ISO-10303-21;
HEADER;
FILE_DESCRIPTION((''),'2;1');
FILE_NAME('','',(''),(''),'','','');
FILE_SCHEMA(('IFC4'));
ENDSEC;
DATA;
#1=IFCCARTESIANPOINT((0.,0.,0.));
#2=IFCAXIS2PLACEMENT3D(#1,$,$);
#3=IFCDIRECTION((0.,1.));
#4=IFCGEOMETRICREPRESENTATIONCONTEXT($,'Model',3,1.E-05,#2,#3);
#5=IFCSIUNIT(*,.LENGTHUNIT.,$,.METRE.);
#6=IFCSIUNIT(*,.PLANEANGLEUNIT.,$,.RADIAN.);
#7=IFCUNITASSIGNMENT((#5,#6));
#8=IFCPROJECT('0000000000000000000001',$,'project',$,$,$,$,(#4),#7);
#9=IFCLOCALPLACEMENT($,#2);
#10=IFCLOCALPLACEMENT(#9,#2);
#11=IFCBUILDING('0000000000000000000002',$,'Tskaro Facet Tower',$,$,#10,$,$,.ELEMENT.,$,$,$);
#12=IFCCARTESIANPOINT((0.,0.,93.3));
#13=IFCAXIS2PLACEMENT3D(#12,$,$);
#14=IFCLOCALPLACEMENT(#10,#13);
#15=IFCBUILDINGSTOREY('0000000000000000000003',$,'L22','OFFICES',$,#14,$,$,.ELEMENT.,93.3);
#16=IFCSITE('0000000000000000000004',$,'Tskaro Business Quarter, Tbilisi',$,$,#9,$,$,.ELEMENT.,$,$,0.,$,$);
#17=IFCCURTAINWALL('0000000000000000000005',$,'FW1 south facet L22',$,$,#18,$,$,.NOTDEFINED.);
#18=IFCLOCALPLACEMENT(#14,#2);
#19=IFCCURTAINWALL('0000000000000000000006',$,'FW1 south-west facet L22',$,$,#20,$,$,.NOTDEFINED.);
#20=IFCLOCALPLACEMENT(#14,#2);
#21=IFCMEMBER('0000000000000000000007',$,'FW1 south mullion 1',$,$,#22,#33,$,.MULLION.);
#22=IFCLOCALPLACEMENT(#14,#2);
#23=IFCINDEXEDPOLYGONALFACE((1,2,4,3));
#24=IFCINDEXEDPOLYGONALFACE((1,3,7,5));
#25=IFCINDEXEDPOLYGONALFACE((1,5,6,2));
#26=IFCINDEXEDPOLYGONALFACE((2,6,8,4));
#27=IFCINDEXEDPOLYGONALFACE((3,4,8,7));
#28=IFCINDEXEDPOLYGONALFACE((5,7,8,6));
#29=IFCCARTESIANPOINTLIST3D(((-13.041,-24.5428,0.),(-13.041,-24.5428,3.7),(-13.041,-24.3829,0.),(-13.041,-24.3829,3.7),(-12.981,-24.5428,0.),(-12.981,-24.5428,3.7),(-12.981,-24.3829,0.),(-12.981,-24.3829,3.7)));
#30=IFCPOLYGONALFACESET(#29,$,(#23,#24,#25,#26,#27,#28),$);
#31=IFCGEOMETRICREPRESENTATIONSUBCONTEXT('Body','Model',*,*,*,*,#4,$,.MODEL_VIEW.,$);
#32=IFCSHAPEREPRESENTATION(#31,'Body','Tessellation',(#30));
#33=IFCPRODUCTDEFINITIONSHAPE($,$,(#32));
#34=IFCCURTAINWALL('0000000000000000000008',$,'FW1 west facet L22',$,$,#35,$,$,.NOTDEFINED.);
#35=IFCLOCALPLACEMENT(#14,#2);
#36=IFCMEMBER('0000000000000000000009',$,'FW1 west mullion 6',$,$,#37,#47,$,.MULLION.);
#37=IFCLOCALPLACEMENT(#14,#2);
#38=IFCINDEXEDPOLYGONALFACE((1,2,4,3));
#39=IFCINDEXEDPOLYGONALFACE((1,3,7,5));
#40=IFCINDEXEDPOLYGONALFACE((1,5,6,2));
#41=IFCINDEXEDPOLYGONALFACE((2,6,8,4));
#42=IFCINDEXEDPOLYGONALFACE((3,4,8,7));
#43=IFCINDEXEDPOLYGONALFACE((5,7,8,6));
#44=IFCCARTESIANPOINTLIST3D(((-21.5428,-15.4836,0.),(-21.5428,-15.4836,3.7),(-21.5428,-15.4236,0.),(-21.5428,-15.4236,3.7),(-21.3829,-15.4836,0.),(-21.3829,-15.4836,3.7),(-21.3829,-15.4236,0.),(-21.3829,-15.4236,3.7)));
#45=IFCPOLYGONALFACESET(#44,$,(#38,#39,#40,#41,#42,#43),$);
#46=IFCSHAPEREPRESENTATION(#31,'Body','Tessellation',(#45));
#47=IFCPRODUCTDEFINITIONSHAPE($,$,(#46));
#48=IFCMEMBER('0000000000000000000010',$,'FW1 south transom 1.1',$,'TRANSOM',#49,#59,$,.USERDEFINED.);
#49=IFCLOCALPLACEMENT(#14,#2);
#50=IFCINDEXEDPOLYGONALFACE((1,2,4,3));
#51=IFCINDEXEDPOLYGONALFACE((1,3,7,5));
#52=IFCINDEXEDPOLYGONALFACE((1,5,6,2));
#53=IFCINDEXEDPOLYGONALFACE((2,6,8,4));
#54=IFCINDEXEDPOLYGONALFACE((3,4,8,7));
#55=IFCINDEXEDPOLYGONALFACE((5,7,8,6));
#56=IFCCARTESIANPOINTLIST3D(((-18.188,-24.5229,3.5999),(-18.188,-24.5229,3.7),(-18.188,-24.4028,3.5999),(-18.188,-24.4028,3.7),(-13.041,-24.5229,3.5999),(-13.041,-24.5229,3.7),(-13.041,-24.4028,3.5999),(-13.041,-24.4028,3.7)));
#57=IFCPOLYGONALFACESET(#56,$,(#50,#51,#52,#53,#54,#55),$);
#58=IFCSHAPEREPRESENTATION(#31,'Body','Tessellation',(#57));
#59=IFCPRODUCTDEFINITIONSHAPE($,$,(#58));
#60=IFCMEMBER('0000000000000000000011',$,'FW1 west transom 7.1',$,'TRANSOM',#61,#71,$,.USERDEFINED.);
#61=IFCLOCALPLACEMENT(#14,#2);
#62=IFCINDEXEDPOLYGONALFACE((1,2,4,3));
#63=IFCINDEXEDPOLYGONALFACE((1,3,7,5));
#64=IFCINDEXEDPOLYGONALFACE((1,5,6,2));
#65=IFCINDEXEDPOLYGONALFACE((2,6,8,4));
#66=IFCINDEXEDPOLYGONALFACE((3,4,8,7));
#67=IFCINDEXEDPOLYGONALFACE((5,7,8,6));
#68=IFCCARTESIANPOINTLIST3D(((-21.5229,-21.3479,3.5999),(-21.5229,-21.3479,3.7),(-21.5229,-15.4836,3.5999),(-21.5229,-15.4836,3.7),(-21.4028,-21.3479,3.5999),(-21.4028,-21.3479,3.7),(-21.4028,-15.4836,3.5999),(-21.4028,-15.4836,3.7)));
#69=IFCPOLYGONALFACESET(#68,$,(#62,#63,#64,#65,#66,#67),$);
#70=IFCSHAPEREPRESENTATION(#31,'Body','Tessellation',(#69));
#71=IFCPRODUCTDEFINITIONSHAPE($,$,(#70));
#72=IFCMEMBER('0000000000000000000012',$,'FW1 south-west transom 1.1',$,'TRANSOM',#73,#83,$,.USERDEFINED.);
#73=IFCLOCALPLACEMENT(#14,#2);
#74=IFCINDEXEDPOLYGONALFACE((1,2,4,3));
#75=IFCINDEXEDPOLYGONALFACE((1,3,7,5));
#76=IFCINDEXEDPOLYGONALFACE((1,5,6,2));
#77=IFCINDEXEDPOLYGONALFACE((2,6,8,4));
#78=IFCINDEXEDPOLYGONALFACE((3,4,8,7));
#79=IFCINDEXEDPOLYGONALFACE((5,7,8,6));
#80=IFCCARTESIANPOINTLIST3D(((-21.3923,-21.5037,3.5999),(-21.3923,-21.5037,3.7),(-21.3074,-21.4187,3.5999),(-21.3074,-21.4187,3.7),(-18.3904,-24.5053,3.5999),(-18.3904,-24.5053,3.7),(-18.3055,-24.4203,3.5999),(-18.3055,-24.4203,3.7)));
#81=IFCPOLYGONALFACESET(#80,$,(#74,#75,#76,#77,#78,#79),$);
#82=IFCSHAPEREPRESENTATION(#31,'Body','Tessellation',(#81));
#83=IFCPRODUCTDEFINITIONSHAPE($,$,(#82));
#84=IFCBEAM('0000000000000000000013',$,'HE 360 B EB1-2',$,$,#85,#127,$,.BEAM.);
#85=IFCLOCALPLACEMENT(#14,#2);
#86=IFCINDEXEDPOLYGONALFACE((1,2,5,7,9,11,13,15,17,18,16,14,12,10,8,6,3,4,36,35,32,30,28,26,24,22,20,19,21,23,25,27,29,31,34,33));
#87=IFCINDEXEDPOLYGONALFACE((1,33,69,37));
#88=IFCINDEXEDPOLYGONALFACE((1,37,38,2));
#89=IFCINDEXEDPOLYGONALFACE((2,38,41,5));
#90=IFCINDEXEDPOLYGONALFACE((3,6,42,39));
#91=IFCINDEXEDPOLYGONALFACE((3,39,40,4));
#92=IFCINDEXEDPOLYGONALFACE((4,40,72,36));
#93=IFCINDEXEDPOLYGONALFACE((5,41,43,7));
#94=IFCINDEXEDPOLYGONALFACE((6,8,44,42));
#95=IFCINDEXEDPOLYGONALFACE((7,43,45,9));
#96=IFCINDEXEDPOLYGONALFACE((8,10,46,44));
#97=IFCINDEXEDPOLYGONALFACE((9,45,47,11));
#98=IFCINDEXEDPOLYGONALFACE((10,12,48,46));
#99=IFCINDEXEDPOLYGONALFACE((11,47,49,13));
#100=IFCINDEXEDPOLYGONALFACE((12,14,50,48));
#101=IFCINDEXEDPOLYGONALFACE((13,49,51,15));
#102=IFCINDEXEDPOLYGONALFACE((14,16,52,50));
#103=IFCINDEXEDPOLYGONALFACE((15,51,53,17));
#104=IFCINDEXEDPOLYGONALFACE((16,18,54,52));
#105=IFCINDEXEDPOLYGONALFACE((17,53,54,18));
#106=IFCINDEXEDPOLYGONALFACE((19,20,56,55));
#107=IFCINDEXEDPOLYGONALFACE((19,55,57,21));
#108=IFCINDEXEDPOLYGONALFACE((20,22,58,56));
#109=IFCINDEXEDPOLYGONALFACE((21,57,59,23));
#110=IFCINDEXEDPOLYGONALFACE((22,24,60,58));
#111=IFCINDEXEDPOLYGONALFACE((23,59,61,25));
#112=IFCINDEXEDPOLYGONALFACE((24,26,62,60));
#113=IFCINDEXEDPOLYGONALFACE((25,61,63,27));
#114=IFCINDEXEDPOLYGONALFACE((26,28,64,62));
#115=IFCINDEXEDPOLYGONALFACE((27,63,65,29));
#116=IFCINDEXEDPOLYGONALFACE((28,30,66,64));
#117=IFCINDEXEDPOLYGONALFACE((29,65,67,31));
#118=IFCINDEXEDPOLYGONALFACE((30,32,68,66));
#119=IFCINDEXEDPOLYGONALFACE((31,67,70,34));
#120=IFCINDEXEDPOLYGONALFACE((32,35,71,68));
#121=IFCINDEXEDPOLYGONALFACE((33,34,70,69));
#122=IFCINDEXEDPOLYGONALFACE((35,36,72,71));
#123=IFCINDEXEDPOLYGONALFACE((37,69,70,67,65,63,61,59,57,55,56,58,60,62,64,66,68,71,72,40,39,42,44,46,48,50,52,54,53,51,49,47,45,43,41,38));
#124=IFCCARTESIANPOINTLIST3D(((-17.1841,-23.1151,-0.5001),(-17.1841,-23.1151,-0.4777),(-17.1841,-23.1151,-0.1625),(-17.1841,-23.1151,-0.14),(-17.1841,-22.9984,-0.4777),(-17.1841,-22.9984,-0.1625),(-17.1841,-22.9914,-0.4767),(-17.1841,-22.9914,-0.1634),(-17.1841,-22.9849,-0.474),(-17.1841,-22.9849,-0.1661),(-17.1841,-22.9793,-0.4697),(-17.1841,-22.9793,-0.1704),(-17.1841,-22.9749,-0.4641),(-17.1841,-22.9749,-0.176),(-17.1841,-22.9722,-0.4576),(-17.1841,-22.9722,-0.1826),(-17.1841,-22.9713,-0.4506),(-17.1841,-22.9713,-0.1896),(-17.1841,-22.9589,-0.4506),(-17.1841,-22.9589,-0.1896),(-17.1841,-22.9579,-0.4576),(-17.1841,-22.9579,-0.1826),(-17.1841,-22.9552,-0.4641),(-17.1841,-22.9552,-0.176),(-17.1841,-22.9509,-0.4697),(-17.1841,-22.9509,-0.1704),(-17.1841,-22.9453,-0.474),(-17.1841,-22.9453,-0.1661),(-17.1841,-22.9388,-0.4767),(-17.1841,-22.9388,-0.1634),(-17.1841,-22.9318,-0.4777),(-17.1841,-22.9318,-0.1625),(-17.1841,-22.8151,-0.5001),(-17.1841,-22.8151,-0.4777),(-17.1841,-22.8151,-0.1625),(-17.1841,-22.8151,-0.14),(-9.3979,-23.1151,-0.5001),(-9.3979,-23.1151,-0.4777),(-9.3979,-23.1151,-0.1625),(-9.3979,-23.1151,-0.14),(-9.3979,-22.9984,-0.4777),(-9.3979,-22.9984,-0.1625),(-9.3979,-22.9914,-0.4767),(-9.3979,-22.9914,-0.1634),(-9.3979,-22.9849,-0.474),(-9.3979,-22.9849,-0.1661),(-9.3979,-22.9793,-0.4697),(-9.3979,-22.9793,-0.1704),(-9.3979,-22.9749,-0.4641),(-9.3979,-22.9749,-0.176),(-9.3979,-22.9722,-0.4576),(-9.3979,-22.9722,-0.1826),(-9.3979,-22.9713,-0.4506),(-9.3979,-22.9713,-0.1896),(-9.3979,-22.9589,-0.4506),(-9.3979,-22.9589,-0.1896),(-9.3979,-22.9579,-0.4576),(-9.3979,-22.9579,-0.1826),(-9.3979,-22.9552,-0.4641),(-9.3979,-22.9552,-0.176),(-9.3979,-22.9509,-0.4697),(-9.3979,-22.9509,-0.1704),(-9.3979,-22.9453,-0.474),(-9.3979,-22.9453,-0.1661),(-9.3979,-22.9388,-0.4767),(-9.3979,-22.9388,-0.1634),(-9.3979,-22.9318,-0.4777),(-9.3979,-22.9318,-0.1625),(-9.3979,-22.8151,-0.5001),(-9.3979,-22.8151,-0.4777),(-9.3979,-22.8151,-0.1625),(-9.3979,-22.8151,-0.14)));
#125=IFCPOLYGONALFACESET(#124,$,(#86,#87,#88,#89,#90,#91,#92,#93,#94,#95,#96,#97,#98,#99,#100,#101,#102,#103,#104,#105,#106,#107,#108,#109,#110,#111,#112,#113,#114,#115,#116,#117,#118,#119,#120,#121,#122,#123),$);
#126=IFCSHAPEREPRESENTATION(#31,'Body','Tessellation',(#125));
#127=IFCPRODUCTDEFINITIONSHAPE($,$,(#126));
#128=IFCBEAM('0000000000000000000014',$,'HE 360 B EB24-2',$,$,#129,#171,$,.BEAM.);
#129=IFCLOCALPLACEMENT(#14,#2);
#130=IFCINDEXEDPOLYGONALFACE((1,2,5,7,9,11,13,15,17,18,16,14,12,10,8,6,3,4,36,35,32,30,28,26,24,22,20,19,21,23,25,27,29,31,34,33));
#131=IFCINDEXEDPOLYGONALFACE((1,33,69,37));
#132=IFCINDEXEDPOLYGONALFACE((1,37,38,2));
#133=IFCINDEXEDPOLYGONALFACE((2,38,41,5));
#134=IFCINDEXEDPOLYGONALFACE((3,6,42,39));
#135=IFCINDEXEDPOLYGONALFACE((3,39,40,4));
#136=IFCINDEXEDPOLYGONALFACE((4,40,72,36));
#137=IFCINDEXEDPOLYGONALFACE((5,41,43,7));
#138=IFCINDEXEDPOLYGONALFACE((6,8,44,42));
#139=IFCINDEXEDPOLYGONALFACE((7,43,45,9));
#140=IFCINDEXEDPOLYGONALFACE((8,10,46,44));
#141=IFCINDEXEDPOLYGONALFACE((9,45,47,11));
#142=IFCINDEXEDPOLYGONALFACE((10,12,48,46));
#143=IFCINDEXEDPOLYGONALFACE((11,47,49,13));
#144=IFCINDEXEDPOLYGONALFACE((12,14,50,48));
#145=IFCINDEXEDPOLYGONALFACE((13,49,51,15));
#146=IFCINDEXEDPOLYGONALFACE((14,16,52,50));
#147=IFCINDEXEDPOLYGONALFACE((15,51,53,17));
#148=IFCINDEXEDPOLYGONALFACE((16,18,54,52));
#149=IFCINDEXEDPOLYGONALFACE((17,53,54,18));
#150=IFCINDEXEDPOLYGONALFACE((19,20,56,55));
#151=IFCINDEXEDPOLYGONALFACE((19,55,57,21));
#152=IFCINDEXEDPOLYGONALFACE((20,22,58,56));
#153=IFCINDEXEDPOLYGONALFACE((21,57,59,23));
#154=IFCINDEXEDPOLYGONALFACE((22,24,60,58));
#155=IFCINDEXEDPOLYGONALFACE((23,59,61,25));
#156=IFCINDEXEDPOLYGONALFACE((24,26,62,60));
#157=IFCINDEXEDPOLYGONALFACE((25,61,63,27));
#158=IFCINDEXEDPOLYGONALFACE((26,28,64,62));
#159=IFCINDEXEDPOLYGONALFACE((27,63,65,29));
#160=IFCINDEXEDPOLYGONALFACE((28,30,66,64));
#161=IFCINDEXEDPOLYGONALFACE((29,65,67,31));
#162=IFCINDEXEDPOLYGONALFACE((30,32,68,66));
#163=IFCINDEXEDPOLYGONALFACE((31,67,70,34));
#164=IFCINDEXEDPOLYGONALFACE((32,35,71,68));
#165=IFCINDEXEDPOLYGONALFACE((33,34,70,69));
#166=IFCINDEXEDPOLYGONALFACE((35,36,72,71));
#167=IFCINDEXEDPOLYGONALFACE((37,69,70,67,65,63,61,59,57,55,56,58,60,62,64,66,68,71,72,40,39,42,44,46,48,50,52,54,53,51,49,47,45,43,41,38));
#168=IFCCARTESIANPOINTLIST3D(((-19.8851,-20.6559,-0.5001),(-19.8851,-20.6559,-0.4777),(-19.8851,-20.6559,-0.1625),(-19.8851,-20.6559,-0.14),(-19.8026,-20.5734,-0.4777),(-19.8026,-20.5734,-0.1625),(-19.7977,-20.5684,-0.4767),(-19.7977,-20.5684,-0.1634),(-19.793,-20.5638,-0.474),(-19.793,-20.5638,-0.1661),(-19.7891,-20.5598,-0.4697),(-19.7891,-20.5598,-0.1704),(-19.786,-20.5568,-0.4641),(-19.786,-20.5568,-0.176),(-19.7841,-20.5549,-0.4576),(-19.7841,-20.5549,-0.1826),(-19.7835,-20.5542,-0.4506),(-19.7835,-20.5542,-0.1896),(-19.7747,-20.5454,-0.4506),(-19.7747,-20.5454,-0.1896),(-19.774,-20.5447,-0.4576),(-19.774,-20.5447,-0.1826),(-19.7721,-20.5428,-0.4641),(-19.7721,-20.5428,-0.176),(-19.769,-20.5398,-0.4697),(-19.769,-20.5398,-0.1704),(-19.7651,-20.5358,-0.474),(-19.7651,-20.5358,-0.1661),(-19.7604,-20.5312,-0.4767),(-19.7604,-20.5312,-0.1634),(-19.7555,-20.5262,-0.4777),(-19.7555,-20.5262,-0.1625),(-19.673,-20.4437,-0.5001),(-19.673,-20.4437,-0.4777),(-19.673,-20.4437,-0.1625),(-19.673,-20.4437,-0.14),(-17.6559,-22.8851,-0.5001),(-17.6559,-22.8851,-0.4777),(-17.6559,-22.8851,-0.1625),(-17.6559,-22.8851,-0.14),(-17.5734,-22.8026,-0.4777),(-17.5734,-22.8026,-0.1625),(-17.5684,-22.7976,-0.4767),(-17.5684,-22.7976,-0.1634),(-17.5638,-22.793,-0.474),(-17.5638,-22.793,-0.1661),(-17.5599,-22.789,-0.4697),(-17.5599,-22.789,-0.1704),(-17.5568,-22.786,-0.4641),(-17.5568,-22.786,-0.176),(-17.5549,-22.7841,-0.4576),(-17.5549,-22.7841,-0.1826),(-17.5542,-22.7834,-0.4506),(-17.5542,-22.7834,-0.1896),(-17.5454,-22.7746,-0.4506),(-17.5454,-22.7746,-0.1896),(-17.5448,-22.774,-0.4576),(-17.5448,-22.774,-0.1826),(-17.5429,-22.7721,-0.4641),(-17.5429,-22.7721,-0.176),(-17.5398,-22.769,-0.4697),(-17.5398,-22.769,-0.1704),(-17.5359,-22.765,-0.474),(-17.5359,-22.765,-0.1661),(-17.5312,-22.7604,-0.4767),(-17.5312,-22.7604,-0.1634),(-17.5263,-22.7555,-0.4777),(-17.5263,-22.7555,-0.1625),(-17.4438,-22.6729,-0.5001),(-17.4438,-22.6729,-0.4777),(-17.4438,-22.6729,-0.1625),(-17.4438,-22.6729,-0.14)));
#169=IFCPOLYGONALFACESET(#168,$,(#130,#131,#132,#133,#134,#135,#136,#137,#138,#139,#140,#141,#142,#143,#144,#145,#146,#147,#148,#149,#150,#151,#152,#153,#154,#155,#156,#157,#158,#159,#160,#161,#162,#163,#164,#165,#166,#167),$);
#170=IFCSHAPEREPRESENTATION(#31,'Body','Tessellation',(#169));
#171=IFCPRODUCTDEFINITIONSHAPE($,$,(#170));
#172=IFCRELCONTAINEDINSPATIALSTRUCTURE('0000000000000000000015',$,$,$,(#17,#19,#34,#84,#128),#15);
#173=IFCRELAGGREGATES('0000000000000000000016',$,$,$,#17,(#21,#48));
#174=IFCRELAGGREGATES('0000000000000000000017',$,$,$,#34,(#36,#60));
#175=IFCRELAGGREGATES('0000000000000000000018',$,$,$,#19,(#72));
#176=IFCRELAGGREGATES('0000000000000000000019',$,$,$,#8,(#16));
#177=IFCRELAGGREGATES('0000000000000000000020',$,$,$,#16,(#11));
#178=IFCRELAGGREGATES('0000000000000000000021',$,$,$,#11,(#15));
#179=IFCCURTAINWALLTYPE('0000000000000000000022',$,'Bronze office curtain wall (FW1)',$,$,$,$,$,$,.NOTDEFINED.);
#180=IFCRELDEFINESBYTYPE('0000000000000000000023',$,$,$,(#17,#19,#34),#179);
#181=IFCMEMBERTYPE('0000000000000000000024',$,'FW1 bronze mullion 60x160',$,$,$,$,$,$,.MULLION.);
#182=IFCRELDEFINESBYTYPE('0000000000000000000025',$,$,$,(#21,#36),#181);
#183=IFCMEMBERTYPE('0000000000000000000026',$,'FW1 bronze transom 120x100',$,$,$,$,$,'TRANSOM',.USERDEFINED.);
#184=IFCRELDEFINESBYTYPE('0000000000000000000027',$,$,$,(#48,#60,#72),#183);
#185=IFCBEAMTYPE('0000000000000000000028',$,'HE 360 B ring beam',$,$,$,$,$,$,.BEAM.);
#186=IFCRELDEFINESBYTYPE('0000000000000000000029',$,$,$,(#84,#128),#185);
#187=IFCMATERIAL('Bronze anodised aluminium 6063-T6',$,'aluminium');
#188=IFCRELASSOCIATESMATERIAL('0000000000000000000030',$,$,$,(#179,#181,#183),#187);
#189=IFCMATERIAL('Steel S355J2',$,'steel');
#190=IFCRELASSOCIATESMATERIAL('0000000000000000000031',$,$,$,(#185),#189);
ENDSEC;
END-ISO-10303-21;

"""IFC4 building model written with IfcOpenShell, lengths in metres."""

from ifc_helpers import new_model, si_unit, direction, frame, origin, origin_2d, place, context, subcontext, project, spatial, rectangle, i_section, extrude, material, material_profile, profile_set, type_object, element, aggregate, save


model = new_model("IFC4")

# Units and contexts
model_context = context("Model", 3, precision=1e-05, world=origin(), true_north=direction((0.0, 1.0)))
body_context = subcontext(model_context, "Body", "Model", "MODEL_VIEW")
ifc_project = project(units=[si_unit("LENGTHUNIT", "METRE"), si_unit("PLANEANGLEUNIT", "RADIAN")], contexts=[model_context])

# Site, building, storey
site_placement = place(None, origin())
site = spatial("IfcSite", under=ifc_project, at=site_placement, Name="Tskaro Business Quarter, Tbilisi", CompositionType="ELEMENT", RefElevation=0.0)
building_placement = place(site_placement, origin())
building = spatial("IfcBuilding", under=site, at=building_placement, Name="Tskaro Facet Tower", CompositionType="ELEMENT")
storey_placement = place(building_placement, frame((0.0, 0.0, 93.3)))
storey = spatial("IfcBuildingStorey", under=building, at=storey_placement, Name="L22", Description="OFFICES", CompositionType="ELEMENT", Elevation=93.3)

# Curtain walls
ifc_material_1 = material(Name="Bronze anodised aluminium 6063-T6", Category="aluminium")
curtain_wall_type = type_object("IfcCurtainWallType", Name="Bronze office curtain wall (FW1)", PredefinedType="NOTDEFINED", material=ifc_material_1)
curtain_wall_1_placement = place(storey_placement, origin())
curtain_wall_1 = element("IfcCurtainWall", 1, at=curtain_wall_1_placement, inside=storey, type_object=curtain_wall_type, Name="FW1 south facet L22", PredefinedType="NOTDEFINED")
curtain_wall_2_placement = place(storey_placement, origin())
curtain_wall_2 = element("IfcCurtainWall", 2, at=curtain_wall_2_placement, inside=storey, type_object=curtain_wall_type, Name="FW1 south-west facet L22", PredefinedType="NOTDEFINED")

# Member
ifc_material_profile_1 = material_profile(ifc_material_1, rectangle(XDim=0.0601, YDim=0.1599, at=origin_2d()), Name="Mullion 60x160")
ifc_profile_set_1 = profile_set([ifc_material_profile_1], Name="Bronze anodised aluminium 6063-T6")
member_type_1 = type_object("IfcMemberType", Name="FW1 bronze mullion 60x160", PredefinedType="MULLION", material=ifc_profile_set_1)
member_1_placement = place(storey_placement, frame((-13.011, -24.4629, 0.0), z_axis=(0.0, 0.0, 1.0), x_axis=(1.0, 0.0, 0.0)))
member_1 = element("IfcMember", 3, at=member_1_placement, type_object=member_type_1, Name="FW1 south mullion 1", PredefinedType="MULLION", context=body_context, shape_type="SweptSolid", body=[
    extrude(rectangle(XDim=0.0601, YDim=0.1599, at=origin_2d()), origin(), (0.0, 0.0, 1.0), 3.7),
])

# Curtain wall, member
curtain_wall_3_placement = place(storey_placement, origin())
curtain_wall_3 = element("IfcCurtainWall", 4, at=curtain_wall_3_placement, inside=storey, type_object=curtain_wall_type, Name="FW1 west facet L22", PredefinedType="NOTDEFINED")
member_2_placement = place(storey_placement, frame((-21.4629, -15.4536, 0.0), z_axis=(0.0, 0.0, 1.0), x_axis=(0.0, -1.0, 0.0)))
member_2 = element("IfcMember", 5, at=member_2_placement, type_object=member_type_1, Name="FW1 west mullion 6", PredefinedType="MULLION", context=body_context, shape_type="SweptSolid", body=[
    extrude(rectangle(XDim=0.0601, YDim=0.1599, at=origin_2d()), origin(), (0.0, 0.0, 1.0), 3.7),
])

# Members
ifc_material_profile_2 = material_profile(ifc_material_1, rectangle(XDim=0.1201, YDim=0.1001, at=origin_2d()), Name="Transom 120x100")
ifc_profile_set_2 = profile_set([ifc_material_profile_2], Name="Bronze anodised aluminium 6063-T6")
member_type_2 = type_object("IfcMemberType", Name="FW1 bronze transom 120x100", ElementType="TRANSOM", PredefinedType="USERDEFINED", material=ifc_profile_set_2)
member_3_placement = place(storey_placement, frame((-18.188, -24.4629, 3.6499), z_axis=(1.0, 0.0, 0.0), x_axis=(0.0, 1.0, 0.0)))
member_3 = element("IfcMember", 6, at=member_3_placement, type_object=member_type_2, Name="FW1 south transom 1.1", ObjectType="TRANSOM", PredefinedType="USERDEFINED", context=body_context, shape_type="SweptSolid", body=[
    extrude(rectangle(XDim=0.1201, YDim=0.1001, at=origin_2d()), origin(), (0.0, 0.0, 1.0), 5.147),
])
member_4_placement = place(storey_placement, frame((-21.4629, -15.4836, 3.6499), z_axis=(0.0, -1.0, 0.0), x_axis=(1.0, 0.0, 0.0)))
member_4 = element("IfcMember", 7, at=member_4_placement, type_object=member_type_2, Name="FW1 west transom 7.1", ObjectType="TRANSOM", PredefinedType="USERDEFINED", context=body_context, shape_type="SweptSolid", body=[
    extrude(rectangle(XDim=0.1201, YDim=0.1001, at=origin_2d()), origin(), (0.0, 0.0, 1.0), 5.8643),
])
member_5_placement = place(storey_placement, frame((-21.3499, -21.4612, 3.6499), z_axis=(0.707136, -0.707078, 0.0), x_axis=(0.707078, 0.707136, 0.0)))
member_5 = element("IfcMember", 8, at=member_5_placement, type_object=member_type_2, Name="FW1 south-west transom 1.1", ObjectType="TRANSOM", PredefinedType="USERDEFINED", context=body_context, shape_type="SweptSolid", body=[
    extrude(rectangle(XDim=0.1201, YDim=0.1001, at=origin_2d()), origin(), (0.0, 0.0, 1.0), 4.2451),
])

# Beams
ifc_material_2 = material(Name="Steel S355J2", Category="steel")
ifc_material_profile_3 = material_profile(ifc_material_2, i_section(OverallWidth=0.3, OverallDepth=0.3601, WebThickness=0.0125, FlangeThickness=0.0225, FilletRadius=0.0271, at=origin_2d()), Name="HE 360 B")
ifc_profile_set_3 = profile_set([ifc_material_profile_3], Name="Steel S355J2")
beam_type_1 = type_object("IfcBeamType", Name="HE 360 B ring beam", PredefinedType="BEAM", material=ifc_profile_set_3)
beam_1_placement = place(storey_placement, frame((-17.1841, -22.9651, -0.3201), z_axis=(1.0, 0.0, 0.0), x_axis=(0.0, 1.0, 0.0)))
element("IfcBeam", 9, at=beam_1_placement, inside=storey, type_object=beam_type_1, Name="HE 360 B EB1-2", PredefinedType="BEAM", context=body_context, shape_type="SweptSolid", body=[
    extrude(i_section(OverallWidth=0.3, OverallDepth=0.3601, WebThickness=0.0125, FlangeThickness=0.0225, FilletRadius=0.0271, at=origin_2d()), origin(), (0.0, 0.0, 1.0), 7.7861),
])
beam_2_placement = place(storey_placement, frame((-19.7791, -20.5498, -0.3201), z_axis=(0.707107, -0.707107, 0.0), x_axis=(0.707107, 0.707107, 0.0)))
element("IfcBeam", 10, at=beam_2_placement, inside=storey, type_object=beam_type_1, Name="HE 360 B EB24-2", PredefinedType="BEAM", context=body_context, shape_type="SweptSolid", body=[
    extrude(i_section(OverallWidth=0.3, OverallDepth=0.3601, WebThickness=0.0125, FlangeThickness=0.0225, FilletRadius=0.0271, at=origin_2d()), origin(), (0.0, 0.0, 1.0), 3.1526),
])

aggregate(curtain_wall_1, [member_1, member_3])
aggregate(curtain_wall_3, [member_2, member_4])
aggregate(curtain_wall_2, [member_5])

save(model, "model.ifc")
